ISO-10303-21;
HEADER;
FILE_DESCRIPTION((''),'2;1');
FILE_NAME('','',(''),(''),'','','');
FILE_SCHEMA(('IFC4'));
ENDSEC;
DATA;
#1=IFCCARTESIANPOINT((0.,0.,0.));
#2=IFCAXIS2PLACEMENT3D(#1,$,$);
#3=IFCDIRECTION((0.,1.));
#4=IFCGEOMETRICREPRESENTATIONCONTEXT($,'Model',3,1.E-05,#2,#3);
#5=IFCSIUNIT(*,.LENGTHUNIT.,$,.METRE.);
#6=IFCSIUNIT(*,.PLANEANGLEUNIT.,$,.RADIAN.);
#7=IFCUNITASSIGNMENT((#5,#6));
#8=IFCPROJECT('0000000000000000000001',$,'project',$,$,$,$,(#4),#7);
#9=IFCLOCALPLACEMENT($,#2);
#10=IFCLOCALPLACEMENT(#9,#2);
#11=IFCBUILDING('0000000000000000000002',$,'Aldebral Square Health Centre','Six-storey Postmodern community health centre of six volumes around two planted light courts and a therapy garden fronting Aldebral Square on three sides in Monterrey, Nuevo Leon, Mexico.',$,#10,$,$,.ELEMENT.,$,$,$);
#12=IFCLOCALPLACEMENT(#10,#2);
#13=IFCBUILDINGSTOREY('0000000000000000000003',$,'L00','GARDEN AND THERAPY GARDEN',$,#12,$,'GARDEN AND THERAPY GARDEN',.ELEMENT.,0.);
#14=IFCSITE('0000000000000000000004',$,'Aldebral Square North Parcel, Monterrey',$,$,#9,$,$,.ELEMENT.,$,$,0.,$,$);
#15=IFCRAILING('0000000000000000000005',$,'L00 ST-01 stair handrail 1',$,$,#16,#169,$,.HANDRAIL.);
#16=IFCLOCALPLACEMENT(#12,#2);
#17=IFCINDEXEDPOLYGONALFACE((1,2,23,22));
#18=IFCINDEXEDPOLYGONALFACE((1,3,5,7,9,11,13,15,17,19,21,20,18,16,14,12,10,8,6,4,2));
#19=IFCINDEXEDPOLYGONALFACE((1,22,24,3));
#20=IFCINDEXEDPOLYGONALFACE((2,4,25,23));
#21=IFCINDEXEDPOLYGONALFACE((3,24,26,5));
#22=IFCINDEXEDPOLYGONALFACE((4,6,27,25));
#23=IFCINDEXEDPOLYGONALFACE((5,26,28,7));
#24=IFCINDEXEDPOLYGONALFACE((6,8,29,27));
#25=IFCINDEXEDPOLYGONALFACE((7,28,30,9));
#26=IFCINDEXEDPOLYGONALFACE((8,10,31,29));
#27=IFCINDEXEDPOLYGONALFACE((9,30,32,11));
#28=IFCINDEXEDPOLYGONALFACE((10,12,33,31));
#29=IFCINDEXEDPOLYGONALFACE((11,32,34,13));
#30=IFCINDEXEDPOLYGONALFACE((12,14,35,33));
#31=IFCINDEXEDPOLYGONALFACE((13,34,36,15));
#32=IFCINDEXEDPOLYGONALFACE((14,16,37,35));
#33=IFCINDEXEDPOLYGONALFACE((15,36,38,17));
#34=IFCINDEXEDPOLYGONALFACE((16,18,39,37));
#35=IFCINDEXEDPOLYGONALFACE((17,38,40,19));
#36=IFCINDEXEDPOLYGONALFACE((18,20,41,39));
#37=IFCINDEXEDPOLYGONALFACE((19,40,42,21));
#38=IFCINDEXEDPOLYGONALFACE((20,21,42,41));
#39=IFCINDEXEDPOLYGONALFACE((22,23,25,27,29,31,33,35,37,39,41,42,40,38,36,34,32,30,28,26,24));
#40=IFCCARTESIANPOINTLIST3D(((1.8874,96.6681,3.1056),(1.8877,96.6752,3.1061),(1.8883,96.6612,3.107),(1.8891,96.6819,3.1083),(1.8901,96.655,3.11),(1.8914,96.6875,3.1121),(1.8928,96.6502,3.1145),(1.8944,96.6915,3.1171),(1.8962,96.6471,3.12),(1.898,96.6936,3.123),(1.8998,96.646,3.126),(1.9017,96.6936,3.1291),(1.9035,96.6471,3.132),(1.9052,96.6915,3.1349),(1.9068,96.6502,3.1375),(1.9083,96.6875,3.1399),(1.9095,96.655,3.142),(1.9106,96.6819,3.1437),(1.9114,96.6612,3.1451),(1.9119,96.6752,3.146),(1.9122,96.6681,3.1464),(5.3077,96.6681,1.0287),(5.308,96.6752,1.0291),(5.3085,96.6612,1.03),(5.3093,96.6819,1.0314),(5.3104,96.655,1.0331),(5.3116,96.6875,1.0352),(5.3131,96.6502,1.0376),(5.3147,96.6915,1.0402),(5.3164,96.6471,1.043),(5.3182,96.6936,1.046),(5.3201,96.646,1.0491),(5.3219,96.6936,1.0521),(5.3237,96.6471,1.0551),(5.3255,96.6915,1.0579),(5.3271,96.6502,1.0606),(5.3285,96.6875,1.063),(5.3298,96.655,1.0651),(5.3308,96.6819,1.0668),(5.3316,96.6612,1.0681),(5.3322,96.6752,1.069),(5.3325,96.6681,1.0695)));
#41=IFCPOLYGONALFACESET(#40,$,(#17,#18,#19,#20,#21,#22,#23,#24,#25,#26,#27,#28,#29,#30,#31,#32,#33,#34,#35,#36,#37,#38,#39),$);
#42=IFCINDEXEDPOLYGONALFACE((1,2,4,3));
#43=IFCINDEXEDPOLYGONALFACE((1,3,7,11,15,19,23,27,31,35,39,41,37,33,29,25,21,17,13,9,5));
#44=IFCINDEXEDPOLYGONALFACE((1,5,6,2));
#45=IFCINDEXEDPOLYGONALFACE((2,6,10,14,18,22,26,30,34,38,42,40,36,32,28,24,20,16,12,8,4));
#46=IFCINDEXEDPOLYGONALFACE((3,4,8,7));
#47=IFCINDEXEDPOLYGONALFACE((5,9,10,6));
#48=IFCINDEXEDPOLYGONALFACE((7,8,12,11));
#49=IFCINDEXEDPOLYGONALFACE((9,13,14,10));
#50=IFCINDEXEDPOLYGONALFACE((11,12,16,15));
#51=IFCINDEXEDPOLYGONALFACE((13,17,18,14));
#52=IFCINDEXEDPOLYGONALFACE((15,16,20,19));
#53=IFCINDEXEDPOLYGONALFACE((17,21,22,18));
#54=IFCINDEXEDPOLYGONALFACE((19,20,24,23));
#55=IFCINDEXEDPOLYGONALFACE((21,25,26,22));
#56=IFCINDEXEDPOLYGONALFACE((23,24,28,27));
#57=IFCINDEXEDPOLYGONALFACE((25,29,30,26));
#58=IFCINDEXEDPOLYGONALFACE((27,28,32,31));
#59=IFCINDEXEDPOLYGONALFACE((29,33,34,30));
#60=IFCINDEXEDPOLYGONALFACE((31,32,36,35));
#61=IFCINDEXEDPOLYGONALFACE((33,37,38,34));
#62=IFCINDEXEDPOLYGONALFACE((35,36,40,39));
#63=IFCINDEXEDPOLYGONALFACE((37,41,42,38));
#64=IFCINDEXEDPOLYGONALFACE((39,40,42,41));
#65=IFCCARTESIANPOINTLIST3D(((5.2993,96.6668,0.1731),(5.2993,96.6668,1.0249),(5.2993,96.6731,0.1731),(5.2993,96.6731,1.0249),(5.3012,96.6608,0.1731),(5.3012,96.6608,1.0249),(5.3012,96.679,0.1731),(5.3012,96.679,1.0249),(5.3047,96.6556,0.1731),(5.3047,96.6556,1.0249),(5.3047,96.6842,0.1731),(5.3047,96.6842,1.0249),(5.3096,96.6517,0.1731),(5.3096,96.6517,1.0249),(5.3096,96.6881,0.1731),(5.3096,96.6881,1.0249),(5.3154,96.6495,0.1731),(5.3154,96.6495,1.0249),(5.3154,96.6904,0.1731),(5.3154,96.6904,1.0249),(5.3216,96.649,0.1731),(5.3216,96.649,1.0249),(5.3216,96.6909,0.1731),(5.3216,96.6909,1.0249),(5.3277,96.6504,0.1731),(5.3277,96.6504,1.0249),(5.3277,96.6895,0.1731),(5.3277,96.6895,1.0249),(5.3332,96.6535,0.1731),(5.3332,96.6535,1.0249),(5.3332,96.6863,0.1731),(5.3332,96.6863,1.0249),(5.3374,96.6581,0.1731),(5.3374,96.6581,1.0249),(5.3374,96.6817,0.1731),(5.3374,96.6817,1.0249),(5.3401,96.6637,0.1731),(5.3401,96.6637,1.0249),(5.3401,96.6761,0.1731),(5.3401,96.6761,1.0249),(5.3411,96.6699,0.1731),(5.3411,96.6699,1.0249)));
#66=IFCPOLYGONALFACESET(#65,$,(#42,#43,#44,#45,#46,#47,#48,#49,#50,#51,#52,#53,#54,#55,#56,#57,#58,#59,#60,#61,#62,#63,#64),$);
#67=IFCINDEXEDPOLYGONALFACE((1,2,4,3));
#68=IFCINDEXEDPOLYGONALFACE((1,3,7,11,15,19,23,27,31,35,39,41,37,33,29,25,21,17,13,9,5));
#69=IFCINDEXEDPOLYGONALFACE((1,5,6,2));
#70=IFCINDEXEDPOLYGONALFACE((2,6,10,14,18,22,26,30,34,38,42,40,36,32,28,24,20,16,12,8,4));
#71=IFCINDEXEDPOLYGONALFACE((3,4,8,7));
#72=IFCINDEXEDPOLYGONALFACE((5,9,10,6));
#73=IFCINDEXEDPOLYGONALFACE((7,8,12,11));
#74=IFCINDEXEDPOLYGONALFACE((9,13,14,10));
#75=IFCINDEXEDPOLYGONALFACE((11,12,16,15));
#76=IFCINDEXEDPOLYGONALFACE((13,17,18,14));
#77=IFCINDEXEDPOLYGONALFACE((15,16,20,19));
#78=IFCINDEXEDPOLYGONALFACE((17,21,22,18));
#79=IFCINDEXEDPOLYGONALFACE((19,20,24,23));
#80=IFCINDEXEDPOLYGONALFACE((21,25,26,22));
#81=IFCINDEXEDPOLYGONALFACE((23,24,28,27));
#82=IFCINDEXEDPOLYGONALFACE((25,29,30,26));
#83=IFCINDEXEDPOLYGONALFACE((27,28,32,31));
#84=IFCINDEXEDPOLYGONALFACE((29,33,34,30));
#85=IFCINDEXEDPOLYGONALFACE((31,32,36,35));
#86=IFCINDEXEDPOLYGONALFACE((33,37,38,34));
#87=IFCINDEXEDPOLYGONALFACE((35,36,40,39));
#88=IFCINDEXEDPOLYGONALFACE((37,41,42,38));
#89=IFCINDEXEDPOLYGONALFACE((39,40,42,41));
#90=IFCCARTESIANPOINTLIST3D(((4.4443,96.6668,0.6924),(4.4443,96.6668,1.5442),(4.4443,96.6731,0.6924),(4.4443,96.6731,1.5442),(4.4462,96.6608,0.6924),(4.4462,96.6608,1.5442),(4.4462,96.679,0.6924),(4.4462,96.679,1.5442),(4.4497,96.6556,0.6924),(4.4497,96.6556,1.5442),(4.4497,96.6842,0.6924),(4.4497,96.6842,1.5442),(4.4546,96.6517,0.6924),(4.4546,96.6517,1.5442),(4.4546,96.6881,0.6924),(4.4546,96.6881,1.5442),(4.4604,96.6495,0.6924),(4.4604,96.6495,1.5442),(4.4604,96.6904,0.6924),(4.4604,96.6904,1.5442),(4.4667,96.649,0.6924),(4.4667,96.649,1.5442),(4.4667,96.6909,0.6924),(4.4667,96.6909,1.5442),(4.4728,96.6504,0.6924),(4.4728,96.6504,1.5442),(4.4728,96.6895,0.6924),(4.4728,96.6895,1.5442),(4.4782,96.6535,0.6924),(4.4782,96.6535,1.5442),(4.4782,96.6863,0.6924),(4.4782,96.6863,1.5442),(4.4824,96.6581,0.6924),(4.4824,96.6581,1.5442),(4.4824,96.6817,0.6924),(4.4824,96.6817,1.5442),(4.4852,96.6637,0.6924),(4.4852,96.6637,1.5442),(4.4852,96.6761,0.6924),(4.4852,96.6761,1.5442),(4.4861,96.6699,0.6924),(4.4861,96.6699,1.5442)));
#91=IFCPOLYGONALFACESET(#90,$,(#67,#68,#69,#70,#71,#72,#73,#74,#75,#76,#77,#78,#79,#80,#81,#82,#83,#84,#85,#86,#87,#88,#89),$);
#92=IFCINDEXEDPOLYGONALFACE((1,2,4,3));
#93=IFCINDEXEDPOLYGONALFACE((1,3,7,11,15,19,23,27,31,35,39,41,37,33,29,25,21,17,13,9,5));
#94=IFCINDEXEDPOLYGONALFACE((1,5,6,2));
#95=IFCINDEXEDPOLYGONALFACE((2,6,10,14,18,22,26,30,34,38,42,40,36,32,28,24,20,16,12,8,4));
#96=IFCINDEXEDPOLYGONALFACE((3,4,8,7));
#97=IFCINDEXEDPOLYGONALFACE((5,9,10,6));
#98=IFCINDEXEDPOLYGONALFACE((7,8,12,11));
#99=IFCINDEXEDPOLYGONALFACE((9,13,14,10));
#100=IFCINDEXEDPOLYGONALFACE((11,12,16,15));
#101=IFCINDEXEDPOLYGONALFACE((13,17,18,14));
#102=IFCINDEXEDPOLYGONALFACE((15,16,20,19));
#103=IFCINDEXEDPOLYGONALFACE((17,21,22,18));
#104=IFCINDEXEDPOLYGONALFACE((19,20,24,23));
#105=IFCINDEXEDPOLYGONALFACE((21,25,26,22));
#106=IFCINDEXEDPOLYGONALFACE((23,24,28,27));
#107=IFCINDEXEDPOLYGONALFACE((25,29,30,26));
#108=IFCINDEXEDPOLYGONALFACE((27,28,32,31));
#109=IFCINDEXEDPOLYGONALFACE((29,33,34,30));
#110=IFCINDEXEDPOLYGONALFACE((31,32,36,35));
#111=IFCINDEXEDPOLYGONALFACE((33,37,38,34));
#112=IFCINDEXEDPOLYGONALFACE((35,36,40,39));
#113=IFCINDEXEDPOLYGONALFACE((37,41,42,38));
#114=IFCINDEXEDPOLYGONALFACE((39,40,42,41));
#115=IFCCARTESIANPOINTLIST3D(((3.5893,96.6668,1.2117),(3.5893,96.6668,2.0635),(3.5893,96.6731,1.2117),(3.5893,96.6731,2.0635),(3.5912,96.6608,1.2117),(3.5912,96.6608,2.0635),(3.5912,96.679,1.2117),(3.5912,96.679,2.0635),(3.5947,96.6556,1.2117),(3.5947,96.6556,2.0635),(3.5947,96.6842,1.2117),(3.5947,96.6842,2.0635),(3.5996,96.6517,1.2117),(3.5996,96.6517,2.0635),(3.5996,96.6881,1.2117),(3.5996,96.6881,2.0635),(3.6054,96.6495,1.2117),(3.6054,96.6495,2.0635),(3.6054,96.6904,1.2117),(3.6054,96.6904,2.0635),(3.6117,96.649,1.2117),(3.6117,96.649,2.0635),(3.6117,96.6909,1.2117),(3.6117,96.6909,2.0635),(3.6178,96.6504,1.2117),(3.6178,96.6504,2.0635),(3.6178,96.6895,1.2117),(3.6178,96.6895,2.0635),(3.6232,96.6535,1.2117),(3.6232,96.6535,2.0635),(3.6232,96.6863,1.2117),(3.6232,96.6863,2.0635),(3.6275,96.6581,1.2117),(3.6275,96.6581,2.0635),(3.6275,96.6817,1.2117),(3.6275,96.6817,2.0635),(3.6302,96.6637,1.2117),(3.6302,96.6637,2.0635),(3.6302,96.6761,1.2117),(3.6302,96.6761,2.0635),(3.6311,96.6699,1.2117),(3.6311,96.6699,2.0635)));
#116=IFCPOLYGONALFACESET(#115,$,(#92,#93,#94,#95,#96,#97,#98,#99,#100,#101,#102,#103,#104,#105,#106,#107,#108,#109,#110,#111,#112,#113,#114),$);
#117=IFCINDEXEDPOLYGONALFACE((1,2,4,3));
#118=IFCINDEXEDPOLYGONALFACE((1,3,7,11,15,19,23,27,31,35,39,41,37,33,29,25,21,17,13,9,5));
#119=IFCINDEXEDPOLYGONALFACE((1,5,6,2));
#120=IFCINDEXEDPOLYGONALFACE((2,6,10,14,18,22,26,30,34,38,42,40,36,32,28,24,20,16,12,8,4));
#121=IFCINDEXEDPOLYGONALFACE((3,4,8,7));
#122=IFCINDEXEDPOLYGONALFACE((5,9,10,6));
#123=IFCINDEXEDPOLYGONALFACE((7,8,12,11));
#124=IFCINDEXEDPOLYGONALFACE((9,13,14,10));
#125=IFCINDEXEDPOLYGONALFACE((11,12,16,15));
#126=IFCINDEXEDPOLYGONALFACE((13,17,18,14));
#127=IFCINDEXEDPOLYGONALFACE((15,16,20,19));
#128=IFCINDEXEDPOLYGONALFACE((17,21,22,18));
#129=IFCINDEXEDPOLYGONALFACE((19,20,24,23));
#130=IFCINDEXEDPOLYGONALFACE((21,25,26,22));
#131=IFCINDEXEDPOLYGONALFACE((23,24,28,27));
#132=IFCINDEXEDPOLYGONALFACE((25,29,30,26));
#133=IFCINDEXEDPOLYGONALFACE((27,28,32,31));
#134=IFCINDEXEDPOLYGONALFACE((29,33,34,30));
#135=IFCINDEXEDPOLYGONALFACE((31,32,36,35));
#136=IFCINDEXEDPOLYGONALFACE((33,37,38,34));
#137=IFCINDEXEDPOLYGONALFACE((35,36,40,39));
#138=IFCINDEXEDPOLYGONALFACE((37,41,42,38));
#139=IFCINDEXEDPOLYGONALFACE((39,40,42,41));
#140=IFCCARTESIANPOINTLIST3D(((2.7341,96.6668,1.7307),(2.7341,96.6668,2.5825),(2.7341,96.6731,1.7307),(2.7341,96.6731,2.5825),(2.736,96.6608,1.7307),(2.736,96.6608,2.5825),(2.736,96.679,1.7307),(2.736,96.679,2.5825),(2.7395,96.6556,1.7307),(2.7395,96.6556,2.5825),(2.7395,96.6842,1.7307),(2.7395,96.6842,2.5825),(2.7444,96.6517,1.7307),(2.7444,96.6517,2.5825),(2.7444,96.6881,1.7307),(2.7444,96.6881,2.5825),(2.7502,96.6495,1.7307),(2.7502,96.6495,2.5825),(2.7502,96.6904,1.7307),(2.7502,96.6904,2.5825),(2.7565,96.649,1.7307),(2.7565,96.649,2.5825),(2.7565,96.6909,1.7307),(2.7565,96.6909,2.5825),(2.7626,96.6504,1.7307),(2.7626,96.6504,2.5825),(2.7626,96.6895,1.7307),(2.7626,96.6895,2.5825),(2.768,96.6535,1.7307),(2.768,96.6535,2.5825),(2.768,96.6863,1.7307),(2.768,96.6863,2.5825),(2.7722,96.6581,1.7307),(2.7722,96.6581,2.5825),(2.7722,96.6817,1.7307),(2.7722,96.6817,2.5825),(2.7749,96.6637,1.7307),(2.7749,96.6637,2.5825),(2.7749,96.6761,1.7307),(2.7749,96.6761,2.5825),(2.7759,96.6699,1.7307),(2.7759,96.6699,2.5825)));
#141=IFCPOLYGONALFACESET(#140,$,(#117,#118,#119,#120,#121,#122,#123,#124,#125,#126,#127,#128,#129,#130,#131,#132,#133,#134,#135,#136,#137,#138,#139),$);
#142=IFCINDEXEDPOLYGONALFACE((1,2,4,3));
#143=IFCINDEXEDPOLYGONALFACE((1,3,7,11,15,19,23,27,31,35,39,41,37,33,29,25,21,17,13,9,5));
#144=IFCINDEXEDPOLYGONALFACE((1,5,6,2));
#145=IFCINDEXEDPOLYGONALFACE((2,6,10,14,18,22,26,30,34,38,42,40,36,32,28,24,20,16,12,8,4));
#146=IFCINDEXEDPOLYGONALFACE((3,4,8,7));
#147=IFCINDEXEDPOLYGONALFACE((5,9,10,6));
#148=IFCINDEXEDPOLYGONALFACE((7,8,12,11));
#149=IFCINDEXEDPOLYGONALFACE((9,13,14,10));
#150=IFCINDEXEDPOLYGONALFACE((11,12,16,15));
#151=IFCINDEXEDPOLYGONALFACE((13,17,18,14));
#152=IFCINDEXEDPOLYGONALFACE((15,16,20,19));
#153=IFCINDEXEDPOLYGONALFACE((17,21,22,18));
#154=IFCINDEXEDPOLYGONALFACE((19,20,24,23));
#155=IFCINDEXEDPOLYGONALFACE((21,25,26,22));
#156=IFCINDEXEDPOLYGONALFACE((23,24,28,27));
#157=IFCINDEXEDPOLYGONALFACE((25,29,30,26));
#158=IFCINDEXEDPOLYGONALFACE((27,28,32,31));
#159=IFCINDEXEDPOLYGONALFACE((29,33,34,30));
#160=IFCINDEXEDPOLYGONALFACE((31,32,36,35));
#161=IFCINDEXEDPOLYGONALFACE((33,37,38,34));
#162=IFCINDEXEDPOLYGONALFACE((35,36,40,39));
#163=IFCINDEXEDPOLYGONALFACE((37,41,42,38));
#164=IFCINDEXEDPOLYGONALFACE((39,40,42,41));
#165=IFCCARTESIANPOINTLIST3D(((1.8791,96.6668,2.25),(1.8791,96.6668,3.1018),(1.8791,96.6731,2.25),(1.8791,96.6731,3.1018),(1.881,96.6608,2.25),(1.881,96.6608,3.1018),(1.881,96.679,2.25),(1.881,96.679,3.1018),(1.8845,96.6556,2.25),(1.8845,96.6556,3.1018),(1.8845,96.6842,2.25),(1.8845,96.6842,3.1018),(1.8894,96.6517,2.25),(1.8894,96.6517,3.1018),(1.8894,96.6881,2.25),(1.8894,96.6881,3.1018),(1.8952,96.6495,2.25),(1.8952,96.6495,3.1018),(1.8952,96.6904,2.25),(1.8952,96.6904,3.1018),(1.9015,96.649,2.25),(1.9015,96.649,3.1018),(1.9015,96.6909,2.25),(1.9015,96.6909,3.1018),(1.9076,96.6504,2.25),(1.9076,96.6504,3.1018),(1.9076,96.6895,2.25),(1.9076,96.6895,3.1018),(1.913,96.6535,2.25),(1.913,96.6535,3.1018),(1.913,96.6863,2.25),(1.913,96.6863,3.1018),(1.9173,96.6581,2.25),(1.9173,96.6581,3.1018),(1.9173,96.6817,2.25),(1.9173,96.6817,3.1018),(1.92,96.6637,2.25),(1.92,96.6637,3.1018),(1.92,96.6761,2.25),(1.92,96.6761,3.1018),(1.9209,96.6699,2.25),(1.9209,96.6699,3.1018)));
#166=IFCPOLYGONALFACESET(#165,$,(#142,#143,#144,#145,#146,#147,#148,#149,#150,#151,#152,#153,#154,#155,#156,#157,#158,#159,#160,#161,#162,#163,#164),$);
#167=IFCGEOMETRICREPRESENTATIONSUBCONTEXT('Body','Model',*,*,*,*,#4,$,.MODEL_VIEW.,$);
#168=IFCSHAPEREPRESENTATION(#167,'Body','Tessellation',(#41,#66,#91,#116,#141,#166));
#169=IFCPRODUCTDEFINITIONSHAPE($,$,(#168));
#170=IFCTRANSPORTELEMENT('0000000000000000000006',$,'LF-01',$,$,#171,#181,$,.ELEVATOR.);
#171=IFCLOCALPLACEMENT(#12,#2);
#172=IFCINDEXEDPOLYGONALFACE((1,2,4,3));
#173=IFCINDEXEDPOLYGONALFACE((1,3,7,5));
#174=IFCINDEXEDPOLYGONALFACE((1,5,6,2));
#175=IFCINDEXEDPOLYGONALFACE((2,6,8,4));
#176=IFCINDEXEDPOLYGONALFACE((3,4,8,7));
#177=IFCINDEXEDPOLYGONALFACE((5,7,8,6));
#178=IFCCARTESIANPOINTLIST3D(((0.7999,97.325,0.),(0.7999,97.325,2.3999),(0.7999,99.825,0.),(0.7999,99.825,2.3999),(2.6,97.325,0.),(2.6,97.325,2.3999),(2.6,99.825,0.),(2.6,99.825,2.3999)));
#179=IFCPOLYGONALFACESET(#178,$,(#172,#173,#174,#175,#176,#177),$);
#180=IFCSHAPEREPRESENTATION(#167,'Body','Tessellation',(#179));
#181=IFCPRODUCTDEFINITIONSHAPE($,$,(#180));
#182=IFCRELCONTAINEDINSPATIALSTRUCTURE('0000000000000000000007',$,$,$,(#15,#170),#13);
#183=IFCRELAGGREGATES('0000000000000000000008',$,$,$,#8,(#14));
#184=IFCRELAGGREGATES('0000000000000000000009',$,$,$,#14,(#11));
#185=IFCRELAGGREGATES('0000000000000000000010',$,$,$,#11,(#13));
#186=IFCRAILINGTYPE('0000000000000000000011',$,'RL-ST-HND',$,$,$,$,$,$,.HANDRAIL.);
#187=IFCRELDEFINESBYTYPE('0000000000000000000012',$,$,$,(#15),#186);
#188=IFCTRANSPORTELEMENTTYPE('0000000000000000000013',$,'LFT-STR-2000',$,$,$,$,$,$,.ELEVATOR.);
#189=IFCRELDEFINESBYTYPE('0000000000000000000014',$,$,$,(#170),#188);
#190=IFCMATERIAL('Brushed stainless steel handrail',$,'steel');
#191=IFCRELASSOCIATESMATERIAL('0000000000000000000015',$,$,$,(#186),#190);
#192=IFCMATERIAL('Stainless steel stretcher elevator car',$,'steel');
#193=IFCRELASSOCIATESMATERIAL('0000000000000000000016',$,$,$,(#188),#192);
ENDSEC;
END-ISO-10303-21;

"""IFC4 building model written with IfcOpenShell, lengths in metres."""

from ifc_helpers import new_model, si_unit, direction, frame, origin, origin_2d, place, context, subcontext, project, spatial, rectangle, circle, extrude, material, type_object, element, save


model = new_model("IFC4")

# Units and contexts
model_context = context("Model", 3, precision=1e-05, world=origin(), true_north=direction((0.0, 1.0)))
body_context = subcontext(model_context, "Body", "Model", "MODEL_VIEW")
ifc_project = project(units=[si_unit("LENGTHUNIT", "METRE"), si_unit("PLANEANGLEUNIT", "RADIAN")], contexts=[model_context])

# Site, building, storey
site_placement = place(None, origin())
site = spatial("IfcSite", under=ifc_project, at=site_placement, Name="Aldebral Square North Parcel, Monterrey", CompositionType="ELEMENT", RefElevation=0.0)
building_placement = place(site_placement, origin())
building = spatial("IfcBuilding", under=site, at=building_placement, Name="Aldebral Square Health Centre", Description="Six-storey Postmodern community health centre of six volumes around two planted light courts and a therapy garden fronting Aldebral Square on three sides in Monterrey, Nuevo Leon, Mexico.", CompositionType="ELEMENT")
storey_placement = place(building_placement, origin())
storey = spatial("IfcBuildingStorey", under=building, at=storey_placement, Name="L00", Description="GARDEN AND THERAPY GARDEN", LongName="GARDEN AND THERAPY GARDEN", CompositionType="ELEMENT", Elevation=0.0)

# Railing
ifc_material_1 = material(Name="Brushed stainless steel handrail", Category="steel")
railing_type_1 = type_object("IfcRailingType", Name="RL-ST-HND", PredefinedType="HANDRAIL", material=ifc_material_1)
railing_1_placement = place(storey_placement, frame((5.3201, 96.6699, 0.1731)))
element("IfcRailing", 1, at=railing_1_placement, inside=storey, type_object=railing_type_1, Name="L00 ST-01 stair handrail 1", PredefinedType="HANDRAIL", context=body_context, shape_type="SweptSolid", body=[
    extrude(circle(Radius=0.0239, at=origin_2d()), frame((0.0, 0.0, 0.876), z_axis=(-0.854746, 0.0, 0.519047), x_axis=(0.0, -1.0, 0.0)), (0.0, 0.0, 1.0), 4.0015),
    extrude(circle(Radius=0.021, at=origin_2d()), origin(), (0.0, 0.0, 1.0), 0.8518),
    extrude(circle(Radius=0.021, at=origin_2d()), frame((-0.855, 0.0, 0.5193)), (0.0, 0.0, 1.0), 0.8518),
    extrude(circle(Radius=0.021, at=origin_2d()), frame((-1.71, 0.0, 1.0386)), (0.0, 0.0, 1.0), 0.8518),
    extrude(circle(Radius=0.021, at=origin_2d()), frame((-2.5652, 0.0, 1.5576)), (0.0, 0.0, 1.0), 0.8518),
    extrude(circle(Radius=0.021, at=origin_2d()), frame((-3.4202, 0.0, 2.0769)), (0.0, 0.0, 1.0), 0.8518),
])

# Transport element
ifc_material_2 = material(Name="Stainless steel stretcher elevator car", Category="steel")
transport_element_type = type_object("IfcTransportElementType", Name="LFT-STR-2000", PredefinedType="ELEVATOR", material=ifc_material_2)
transport_element_placement = place(storey_placement, frame((1.7, 98.575, 0.0), z_axis=(0.0, 0.0, 1.0), x_axis=(1.0, 0.0, 0.0)))
element("IfcTransportElement", 2, at=transport_element_placement, inside=storey, type_object=transport_element_type, Name="LF-01", PredefinedType="ELEVATOR", context=body_context, shape_type="SweptSolid", body=[
    extrude(rectangle(XDim=1.8, YDim=2.5, at=origin_2d()), origin(), (0.0, 0.0, 1.0), 2.3999),
])

save(model, "model.ifc")
